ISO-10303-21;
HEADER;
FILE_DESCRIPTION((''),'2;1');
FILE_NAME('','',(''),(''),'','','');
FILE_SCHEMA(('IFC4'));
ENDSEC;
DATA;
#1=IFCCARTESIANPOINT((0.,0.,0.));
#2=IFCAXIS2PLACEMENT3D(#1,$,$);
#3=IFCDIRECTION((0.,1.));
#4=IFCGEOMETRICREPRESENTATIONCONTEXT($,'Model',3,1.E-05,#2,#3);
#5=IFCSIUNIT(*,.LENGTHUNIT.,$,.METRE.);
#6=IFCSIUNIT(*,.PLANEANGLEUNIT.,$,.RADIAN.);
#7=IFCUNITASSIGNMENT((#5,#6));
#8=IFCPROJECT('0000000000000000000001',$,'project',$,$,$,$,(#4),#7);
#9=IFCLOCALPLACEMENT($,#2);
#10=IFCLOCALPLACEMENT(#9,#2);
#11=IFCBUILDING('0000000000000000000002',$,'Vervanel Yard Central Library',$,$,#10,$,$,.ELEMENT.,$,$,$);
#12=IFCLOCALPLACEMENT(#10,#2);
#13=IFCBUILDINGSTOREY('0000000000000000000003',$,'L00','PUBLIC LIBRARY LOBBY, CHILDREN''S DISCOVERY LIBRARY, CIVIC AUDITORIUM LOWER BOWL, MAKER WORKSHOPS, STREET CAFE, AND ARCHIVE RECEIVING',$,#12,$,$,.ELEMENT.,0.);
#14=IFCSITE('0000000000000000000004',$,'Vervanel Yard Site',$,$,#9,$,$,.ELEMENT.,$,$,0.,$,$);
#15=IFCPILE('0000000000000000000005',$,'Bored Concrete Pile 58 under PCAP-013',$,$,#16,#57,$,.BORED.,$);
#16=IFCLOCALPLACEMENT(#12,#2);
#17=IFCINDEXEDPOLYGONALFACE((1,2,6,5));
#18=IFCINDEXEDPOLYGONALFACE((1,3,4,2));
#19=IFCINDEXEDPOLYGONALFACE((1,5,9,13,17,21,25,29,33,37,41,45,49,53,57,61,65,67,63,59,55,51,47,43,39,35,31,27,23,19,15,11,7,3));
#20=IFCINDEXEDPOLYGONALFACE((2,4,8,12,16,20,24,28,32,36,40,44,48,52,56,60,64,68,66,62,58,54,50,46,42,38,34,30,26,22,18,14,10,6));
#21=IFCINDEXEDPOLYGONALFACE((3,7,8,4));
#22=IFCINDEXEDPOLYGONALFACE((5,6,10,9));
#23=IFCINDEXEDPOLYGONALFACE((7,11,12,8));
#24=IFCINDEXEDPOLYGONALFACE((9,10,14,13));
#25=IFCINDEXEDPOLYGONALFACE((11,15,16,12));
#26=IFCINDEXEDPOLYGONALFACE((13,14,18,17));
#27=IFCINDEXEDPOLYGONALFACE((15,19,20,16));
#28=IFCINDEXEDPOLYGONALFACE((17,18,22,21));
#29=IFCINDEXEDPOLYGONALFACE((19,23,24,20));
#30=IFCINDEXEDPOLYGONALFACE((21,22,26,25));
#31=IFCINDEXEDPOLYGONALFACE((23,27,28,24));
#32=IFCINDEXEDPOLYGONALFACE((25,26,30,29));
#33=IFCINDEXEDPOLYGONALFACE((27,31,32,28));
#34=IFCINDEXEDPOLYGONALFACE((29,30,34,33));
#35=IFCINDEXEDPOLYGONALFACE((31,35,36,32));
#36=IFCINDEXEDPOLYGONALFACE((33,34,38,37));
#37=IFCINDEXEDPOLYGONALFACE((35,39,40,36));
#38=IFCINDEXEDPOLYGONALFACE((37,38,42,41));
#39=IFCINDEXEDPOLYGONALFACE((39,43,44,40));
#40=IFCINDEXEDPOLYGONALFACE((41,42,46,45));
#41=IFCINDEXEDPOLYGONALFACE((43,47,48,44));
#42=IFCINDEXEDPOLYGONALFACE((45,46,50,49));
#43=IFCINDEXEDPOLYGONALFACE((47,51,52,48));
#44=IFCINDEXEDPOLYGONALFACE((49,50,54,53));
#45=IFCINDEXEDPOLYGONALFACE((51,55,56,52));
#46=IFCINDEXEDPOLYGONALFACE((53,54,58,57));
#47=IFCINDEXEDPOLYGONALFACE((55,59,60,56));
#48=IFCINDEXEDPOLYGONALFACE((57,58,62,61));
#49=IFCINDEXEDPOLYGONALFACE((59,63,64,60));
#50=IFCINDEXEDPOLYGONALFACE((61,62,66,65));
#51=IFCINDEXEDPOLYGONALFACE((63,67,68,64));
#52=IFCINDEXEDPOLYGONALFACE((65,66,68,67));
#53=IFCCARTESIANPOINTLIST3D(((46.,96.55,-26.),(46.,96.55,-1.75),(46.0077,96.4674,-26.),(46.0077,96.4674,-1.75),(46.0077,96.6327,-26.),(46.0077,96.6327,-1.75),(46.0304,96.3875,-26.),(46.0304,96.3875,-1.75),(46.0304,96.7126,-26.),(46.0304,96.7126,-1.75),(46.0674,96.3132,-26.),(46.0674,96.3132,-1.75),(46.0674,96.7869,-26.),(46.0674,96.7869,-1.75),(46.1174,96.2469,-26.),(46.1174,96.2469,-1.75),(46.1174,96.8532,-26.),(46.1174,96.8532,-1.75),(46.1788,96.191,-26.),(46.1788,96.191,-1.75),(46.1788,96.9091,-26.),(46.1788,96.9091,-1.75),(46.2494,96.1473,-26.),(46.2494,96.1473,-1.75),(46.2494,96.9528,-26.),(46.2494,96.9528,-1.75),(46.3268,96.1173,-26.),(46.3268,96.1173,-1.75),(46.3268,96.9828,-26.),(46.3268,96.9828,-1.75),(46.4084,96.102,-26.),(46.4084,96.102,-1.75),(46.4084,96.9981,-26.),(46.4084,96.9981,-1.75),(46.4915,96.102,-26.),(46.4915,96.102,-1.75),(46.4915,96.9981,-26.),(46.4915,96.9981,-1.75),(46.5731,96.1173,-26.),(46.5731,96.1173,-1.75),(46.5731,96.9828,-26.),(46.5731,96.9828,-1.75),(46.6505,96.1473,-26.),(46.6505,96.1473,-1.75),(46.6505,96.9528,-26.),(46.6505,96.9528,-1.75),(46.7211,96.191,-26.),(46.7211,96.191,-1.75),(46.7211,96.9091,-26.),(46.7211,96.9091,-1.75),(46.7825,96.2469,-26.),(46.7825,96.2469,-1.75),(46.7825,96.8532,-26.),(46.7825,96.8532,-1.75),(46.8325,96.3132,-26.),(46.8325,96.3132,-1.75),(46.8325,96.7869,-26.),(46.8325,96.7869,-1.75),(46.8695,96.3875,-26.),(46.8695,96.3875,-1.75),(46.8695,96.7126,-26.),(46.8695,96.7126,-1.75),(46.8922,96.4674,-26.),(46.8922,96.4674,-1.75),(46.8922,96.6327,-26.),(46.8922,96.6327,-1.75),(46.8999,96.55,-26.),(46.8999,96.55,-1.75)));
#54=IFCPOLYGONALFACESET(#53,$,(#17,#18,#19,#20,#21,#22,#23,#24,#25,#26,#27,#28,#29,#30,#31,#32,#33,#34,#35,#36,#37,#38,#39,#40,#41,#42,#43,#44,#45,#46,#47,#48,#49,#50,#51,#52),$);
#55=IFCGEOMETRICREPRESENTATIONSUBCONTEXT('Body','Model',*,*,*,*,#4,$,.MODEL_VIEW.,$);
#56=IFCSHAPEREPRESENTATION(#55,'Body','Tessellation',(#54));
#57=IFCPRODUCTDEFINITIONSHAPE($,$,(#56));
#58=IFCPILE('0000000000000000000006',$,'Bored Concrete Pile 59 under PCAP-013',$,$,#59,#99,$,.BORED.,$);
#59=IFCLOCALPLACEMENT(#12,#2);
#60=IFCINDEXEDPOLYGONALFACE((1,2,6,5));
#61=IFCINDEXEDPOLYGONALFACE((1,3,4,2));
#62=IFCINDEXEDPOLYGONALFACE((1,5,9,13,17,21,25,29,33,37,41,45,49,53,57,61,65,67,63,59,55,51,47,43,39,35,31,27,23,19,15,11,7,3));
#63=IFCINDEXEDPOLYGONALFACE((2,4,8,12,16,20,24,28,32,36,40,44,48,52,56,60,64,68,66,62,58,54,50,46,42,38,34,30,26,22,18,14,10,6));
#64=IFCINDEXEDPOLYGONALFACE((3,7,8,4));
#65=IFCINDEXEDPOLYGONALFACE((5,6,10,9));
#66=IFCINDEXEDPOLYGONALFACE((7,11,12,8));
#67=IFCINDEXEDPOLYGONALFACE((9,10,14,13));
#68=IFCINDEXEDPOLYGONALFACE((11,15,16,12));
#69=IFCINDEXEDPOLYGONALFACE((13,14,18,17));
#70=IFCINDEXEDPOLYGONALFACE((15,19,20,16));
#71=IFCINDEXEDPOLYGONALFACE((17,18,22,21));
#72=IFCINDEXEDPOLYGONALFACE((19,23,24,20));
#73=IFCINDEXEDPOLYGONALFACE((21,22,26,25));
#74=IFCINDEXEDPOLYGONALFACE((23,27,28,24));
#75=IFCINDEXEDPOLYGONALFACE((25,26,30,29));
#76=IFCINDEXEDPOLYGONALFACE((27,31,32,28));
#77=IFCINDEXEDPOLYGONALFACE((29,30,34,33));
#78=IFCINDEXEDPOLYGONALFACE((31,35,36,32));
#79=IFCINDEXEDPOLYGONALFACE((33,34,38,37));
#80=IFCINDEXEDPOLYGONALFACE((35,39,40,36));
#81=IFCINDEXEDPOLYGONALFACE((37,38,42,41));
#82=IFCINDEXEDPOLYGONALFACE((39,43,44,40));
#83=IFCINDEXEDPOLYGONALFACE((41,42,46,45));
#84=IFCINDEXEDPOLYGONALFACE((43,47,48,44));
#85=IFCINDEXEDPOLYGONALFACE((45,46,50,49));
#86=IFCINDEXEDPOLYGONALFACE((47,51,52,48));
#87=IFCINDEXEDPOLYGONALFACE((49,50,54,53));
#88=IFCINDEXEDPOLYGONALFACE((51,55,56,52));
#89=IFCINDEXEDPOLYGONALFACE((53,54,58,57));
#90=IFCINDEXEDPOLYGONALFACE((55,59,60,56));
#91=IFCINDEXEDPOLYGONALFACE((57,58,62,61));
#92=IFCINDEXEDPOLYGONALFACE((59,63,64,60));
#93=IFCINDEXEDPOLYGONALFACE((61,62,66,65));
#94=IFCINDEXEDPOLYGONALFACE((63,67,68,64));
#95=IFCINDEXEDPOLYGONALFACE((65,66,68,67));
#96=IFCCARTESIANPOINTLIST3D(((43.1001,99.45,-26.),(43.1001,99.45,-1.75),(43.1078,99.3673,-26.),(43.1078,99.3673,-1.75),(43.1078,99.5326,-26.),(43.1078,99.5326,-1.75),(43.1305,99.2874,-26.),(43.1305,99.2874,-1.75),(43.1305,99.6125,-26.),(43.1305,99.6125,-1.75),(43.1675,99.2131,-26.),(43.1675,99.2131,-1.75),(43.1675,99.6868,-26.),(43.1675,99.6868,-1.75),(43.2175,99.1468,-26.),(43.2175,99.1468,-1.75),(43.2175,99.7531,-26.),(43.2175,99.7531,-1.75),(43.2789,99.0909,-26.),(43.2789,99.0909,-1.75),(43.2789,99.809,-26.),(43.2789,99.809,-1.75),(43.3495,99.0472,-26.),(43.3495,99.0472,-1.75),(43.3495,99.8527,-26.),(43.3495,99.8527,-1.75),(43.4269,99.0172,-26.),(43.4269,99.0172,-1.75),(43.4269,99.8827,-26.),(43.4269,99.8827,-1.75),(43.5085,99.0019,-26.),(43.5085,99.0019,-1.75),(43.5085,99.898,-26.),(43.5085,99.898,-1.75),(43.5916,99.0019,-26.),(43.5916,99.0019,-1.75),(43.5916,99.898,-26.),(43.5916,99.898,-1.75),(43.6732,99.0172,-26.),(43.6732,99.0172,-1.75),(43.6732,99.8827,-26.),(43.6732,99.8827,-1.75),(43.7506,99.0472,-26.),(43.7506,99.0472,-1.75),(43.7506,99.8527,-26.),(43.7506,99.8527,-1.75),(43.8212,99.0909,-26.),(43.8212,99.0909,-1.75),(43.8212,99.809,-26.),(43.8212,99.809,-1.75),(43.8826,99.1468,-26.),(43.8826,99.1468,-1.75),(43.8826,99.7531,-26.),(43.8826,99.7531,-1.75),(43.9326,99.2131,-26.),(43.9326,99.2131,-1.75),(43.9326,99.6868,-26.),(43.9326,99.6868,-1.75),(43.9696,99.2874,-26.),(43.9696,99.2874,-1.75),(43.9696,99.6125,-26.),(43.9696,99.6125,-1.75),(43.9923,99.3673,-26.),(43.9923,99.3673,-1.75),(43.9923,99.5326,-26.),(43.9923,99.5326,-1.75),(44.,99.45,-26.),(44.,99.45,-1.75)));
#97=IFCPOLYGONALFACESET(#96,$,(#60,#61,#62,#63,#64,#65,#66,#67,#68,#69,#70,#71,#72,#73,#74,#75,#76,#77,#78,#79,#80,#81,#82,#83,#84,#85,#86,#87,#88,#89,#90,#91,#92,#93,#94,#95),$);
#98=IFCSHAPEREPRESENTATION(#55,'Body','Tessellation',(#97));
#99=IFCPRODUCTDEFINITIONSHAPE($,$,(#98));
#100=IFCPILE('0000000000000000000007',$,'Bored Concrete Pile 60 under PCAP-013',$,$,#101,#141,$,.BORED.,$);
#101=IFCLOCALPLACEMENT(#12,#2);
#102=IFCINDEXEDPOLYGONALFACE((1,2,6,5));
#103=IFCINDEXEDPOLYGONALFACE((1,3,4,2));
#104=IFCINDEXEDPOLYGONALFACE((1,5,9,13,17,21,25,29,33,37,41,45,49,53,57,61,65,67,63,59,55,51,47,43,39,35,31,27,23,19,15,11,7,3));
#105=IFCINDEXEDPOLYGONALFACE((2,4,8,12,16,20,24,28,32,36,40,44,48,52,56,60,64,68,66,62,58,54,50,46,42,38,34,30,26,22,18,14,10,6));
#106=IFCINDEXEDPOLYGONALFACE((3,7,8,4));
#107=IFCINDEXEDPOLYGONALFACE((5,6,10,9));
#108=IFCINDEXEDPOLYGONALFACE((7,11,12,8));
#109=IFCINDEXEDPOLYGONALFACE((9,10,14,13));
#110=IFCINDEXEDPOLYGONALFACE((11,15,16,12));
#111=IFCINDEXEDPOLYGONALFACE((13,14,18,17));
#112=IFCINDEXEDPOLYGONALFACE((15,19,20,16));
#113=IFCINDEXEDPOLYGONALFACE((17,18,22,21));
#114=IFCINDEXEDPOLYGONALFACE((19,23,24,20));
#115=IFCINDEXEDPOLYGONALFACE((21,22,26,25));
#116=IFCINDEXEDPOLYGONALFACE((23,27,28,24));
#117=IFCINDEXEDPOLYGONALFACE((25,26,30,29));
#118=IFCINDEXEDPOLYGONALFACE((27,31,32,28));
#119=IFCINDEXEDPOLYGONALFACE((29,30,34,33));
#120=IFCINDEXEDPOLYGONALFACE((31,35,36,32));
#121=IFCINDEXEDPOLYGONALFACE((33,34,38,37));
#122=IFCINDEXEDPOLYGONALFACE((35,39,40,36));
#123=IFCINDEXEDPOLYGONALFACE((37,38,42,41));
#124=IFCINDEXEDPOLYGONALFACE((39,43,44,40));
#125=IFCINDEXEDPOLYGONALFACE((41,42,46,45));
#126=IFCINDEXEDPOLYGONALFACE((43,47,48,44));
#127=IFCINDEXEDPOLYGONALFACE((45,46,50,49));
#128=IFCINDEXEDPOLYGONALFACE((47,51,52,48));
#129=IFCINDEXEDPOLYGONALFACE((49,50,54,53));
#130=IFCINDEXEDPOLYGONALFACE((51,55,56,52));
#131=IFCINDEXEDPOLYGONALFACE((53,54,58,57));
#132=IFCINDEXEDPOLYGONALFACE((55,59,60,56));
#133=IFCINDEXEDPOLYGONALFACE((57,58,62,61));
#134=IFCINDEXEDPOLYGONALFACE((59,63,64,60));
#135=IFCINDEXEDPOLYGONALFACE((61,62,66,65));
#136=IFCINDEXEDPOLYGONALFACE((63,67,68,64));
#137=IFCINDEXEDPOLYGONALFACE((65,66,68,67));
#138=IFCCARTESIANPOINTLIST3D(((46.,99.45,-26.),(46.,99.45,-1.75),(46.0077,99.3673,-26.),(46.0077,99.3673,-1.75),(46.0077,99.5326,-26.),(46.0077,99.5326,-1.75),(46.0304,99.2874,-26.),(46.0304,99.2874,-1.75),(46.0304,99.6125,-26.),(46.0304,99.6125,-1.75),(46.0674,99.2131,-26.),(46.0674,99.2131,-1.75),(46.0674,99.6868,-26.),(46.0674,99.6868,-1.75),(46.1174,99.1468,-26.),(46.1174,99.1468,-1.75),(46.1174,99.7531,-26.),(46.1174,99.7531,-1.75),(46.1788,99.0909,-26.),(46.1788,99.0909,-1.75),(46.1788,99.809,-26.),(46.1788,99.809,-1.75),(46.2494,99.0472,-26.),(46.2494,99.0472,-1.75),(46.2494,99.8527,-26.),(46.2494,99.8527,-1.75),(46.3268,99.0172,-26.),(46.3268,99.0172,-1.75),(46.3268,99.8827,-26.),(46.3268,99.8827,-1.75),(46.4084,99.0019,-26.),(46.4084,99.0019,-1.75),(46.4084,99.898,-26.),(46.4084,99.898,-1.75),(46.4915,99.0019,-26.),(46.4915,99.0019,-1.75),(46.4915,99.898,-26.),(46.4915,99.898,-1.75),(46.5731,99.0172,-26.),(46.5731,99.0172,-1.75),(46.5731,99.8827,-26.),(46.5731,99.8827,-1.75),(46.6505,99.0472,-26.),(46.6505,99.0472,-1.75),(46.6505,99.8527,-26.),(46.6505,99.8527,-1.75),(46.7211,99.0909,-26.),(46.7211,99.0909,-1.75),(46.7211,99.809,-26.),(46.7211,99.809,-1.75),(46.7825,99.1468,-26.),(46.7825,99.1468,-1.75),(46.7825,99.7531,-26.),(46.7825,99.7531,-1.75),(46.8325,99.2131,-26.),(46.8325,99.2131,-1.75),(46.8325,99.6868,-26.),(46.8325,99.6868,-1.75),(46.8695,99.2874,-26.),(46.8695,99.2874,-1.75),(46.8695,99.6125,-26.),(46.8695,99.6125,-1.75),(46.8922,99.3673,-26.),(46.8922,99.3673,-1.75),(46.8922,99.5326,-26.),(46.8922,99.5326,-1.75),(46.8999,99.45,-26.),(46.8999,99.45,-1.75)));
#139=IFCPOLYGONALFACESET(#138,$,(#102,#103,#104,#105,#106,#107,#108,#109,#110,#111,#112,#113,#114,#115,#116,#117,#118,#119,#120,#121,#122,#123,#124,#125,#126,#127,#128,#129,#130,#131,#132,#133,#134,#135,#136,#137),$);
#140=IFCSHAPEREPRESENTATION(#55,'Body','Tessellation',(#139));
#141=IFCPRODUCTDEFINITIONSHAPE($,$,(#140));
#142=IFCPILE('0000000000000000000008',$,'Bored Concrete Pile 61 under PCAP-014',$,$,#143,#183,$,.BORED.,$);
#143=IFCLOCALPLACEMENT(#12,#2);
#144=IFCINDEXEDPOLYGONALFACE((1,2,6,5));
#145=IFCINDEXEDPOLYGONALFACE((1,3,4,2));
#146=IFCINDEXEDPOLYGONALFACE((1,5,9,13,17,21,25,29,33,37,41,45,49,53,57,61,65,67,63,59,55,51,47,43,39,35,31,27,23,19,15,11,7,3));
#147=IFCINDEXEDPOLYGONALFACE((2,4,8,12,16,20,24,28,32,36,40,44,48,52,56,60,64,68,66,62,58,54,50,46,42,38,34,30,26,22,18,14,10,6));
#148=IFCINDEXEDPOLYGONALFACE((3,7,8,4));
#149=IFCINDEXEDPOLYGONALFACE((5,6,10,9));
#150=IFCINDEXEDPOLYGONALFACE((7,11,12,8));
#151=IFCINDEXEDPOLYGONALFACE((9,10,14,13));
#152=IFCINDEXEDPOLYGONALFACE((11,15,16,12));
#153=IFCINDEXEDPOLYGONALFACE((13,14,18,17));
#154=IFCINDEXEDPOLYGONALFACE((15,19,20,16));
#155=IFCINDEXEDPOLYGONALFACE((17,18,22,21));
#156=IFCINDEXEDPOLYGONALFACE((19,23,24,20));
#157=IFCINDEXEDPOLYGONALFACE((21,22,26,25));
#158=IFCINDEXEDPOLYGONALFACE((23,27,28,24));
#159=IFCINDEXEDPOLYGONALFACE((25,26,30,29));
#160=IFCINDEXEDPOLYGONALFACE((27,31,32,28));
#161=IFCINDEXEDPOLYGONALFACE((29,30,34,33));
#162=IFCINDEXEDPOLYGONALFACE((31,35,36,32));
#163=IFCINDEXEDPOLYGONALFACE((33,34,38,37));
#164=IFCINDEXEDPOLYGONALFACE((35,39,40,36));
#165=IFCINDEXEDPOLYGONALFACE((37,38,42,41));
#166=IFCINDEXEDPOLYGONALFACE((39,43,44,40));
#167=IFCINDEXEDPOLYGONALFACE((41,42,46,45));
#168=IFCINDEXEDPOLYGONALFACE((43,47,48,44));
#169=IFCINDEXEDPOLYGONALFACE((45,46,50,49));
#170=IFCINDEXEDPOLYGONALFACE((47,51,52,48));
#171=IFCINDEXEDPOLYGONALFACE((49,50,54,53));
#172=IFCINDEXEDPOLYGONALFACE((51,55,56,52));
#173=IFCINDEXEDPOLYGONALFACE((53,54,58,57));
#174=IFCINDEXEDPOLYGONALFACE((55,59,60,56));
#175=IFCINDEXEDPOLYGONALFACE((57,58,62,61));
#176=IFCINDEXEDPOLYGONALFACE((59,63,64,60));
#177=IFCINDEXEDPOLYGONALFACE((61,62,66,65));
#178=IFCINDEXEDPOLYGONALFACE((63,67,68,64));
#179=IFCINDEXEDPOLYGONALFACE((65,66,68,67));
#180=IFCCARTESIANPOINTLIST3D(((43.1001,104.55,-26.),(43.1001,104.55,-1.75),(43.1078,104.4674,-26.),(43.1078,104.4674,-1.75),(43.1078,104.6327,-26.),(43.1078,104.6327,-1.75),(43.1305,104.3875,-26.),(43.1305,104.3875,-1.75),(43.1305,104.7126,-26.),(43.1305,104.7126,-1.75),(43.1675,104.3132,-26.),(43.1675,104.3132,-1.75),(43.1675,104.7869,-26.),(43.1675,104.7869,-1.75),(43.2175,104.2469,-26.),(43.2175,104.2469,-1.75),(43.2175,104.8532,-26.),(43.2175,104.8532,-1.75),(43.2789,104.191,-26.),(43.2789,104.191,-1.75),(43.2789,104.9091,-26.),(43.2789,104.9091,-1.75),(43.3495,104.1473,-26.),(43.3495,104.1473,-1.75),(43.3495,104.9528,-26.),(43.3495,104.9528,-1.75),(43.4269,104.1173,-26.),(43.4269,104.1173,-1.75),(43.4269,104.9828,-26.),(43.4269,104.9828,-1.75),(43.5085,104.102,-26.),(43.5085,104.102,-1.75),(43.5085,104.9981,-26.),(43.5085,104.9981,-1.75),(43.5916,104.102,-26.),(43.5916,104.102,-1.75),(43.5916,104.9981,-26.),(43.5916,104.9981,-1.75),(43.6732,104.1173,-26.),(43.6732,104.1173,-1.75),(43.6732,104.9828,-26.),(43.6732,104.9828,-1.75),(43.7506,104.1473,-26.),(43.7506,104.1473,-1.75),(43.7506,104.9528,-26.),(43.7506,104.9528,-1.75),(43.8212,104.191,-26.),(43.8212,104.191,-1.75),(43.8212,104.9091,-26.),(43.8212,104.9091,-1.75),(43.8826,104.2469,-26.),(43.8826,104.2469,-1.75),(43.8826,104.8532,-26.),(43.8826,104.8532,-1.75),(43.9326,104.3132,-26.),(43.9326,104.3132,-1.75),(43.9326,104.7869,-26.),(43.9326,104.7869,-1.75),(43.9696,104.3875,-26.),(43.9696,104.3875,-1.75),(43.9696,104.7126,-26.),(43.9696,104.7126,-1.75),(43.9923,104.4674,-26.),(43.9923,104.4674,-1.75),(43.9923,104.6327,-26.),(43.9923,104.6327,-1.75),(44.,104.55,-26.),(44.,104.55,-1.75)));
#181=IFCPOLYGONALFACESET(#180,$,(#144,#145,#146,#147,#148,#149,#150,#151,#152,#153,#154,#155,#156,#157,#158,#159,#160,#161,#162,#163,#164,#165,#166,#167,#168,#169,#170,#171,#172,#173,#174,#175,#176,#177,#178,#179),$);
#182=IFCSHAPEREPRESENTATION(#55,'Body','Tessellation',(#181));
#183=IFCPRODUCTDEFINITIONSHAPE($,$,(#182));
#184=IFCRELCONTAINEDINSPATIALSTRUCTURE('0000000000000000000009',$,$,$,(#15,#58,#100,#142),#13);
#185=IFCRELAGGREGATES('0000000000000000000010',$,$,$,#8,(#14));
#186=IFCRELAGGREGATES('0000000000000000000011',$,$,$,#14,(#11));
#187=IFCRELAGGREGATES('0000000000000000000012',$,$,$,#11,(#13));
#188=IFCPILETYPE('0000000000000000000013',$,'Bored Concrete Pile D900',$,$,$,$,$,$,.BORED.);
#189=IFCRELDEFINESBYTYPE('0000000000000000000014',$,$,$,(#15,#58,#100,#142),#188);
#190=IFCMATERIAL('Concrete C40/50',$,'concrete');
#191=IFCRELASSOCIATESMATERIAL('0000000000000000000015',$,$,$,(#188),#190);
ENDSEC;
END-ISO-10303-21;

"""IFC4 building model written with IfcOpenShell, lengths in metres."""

from ifc_helpers import new_model, si_unit, direction, frame, origin, origin_2d, place, context, subcontext, project, spatial, circle, extrude, material, material_profile, profile_set, type_object, element, save


model = new_model("IFC4")

# Units and contexts
model_context = context("Model", 3, precision=1e-05, world=origin(), true_north=direction((0.0, 1.0)))
body_context = subcontext(model_context, "Body", "Model", "MODEL_VIEW")
ifc_project = project(units=[si_unit("LENGTHUNIT", "METRE"), si_unit("PLANEANGLEUNIT", "RADIAN")], contexts=[model_context])

# Site, building, storey
site_placement = place(None, origin())
site = spatial("IfcSite", under=ifc_project, at=site_placement, Name="Vervanel Yard Site", CompositionType="ELEMENT", RefElevation=0.0)
building_placement = place(site_placement, origin())
building = spatial("IfcBuilding", under=site, at=building_placement, Name="Vervanel Yard Central Library", CompositionType="ELEMENT")
storey_placement = place(building_placement, origin())
storey = spatial("IfcBuildingStorey", under=building, at=storey_placement, Name="L00", Description="PUBLIC LIBRARY LOBBY, CHILDREN'S DISCOVERY LIBRARY, CIVIC AUDITORIUM LOWER BOWL, MAKER WORKSHOPS, STREET CAFE, AND ARCHIVE RECEIVING", CompositionType="ELEMENT", Elevation=0.0)

# Piles
ifc_material_1 = material(Name="Concrete C40/50", Category="concrete")
ifc_material_profile_1 = material_profile(ifc_material_1, circle(Radius=0.45, at=origin_2d()), Name="BP D900", Category="concrete")
ifc_profile_set_1 = profile_set([ifc_material_profile_1], Name="Concrete C40/50")
pile_type = type_object("IfcPileType", Name="Bored Concrete Pile D900", PredefinedType="BORED", material=ifc_profile_set_1)
for number, where, z_axis, x_axis, name in (
    (1, (46.45, 96.55, -1.75), (0.0, 0.0, -1.0), (1.0, 0.0, 0.0), "Bored Concrete Pile 58 under PCAP-013"),
    (2, (43.55, 99.45, -1.75), (0.0, 0.0, -1.0), (1.0, 0.0, 0.0), "Bored Concrete Pile 59 under PCAP-013"),
    (3, (46.45, 99.45, -1.75), (0.0, 0.0, -1.0), (1.0, 0.0, 0.0), "Bored Concrete Pile 60 under PCAP-013"),
    (4, (43.55, 104.55, -1.75), (0.0, 0.0, -1.0), (1.0, 0.0, 0.0), "Bored Concrete Pile 61 under PCAP-014"),
):
    element("IfcPile", number, at=place(storey_placement, frame(where, z_axis=z_axis, x_axis=x_axis)), inside=storey, type_object=pile_type, Name=name, PredefinedType="BORED", context=body_context, shape_type="SweptSolid", body=[
        extrude(circle(Radius=0.45, at=origin_2d()), origin(), (0.0, 0.0, 1.0), 24.25),
    ])

save(model, "model.ifc")
